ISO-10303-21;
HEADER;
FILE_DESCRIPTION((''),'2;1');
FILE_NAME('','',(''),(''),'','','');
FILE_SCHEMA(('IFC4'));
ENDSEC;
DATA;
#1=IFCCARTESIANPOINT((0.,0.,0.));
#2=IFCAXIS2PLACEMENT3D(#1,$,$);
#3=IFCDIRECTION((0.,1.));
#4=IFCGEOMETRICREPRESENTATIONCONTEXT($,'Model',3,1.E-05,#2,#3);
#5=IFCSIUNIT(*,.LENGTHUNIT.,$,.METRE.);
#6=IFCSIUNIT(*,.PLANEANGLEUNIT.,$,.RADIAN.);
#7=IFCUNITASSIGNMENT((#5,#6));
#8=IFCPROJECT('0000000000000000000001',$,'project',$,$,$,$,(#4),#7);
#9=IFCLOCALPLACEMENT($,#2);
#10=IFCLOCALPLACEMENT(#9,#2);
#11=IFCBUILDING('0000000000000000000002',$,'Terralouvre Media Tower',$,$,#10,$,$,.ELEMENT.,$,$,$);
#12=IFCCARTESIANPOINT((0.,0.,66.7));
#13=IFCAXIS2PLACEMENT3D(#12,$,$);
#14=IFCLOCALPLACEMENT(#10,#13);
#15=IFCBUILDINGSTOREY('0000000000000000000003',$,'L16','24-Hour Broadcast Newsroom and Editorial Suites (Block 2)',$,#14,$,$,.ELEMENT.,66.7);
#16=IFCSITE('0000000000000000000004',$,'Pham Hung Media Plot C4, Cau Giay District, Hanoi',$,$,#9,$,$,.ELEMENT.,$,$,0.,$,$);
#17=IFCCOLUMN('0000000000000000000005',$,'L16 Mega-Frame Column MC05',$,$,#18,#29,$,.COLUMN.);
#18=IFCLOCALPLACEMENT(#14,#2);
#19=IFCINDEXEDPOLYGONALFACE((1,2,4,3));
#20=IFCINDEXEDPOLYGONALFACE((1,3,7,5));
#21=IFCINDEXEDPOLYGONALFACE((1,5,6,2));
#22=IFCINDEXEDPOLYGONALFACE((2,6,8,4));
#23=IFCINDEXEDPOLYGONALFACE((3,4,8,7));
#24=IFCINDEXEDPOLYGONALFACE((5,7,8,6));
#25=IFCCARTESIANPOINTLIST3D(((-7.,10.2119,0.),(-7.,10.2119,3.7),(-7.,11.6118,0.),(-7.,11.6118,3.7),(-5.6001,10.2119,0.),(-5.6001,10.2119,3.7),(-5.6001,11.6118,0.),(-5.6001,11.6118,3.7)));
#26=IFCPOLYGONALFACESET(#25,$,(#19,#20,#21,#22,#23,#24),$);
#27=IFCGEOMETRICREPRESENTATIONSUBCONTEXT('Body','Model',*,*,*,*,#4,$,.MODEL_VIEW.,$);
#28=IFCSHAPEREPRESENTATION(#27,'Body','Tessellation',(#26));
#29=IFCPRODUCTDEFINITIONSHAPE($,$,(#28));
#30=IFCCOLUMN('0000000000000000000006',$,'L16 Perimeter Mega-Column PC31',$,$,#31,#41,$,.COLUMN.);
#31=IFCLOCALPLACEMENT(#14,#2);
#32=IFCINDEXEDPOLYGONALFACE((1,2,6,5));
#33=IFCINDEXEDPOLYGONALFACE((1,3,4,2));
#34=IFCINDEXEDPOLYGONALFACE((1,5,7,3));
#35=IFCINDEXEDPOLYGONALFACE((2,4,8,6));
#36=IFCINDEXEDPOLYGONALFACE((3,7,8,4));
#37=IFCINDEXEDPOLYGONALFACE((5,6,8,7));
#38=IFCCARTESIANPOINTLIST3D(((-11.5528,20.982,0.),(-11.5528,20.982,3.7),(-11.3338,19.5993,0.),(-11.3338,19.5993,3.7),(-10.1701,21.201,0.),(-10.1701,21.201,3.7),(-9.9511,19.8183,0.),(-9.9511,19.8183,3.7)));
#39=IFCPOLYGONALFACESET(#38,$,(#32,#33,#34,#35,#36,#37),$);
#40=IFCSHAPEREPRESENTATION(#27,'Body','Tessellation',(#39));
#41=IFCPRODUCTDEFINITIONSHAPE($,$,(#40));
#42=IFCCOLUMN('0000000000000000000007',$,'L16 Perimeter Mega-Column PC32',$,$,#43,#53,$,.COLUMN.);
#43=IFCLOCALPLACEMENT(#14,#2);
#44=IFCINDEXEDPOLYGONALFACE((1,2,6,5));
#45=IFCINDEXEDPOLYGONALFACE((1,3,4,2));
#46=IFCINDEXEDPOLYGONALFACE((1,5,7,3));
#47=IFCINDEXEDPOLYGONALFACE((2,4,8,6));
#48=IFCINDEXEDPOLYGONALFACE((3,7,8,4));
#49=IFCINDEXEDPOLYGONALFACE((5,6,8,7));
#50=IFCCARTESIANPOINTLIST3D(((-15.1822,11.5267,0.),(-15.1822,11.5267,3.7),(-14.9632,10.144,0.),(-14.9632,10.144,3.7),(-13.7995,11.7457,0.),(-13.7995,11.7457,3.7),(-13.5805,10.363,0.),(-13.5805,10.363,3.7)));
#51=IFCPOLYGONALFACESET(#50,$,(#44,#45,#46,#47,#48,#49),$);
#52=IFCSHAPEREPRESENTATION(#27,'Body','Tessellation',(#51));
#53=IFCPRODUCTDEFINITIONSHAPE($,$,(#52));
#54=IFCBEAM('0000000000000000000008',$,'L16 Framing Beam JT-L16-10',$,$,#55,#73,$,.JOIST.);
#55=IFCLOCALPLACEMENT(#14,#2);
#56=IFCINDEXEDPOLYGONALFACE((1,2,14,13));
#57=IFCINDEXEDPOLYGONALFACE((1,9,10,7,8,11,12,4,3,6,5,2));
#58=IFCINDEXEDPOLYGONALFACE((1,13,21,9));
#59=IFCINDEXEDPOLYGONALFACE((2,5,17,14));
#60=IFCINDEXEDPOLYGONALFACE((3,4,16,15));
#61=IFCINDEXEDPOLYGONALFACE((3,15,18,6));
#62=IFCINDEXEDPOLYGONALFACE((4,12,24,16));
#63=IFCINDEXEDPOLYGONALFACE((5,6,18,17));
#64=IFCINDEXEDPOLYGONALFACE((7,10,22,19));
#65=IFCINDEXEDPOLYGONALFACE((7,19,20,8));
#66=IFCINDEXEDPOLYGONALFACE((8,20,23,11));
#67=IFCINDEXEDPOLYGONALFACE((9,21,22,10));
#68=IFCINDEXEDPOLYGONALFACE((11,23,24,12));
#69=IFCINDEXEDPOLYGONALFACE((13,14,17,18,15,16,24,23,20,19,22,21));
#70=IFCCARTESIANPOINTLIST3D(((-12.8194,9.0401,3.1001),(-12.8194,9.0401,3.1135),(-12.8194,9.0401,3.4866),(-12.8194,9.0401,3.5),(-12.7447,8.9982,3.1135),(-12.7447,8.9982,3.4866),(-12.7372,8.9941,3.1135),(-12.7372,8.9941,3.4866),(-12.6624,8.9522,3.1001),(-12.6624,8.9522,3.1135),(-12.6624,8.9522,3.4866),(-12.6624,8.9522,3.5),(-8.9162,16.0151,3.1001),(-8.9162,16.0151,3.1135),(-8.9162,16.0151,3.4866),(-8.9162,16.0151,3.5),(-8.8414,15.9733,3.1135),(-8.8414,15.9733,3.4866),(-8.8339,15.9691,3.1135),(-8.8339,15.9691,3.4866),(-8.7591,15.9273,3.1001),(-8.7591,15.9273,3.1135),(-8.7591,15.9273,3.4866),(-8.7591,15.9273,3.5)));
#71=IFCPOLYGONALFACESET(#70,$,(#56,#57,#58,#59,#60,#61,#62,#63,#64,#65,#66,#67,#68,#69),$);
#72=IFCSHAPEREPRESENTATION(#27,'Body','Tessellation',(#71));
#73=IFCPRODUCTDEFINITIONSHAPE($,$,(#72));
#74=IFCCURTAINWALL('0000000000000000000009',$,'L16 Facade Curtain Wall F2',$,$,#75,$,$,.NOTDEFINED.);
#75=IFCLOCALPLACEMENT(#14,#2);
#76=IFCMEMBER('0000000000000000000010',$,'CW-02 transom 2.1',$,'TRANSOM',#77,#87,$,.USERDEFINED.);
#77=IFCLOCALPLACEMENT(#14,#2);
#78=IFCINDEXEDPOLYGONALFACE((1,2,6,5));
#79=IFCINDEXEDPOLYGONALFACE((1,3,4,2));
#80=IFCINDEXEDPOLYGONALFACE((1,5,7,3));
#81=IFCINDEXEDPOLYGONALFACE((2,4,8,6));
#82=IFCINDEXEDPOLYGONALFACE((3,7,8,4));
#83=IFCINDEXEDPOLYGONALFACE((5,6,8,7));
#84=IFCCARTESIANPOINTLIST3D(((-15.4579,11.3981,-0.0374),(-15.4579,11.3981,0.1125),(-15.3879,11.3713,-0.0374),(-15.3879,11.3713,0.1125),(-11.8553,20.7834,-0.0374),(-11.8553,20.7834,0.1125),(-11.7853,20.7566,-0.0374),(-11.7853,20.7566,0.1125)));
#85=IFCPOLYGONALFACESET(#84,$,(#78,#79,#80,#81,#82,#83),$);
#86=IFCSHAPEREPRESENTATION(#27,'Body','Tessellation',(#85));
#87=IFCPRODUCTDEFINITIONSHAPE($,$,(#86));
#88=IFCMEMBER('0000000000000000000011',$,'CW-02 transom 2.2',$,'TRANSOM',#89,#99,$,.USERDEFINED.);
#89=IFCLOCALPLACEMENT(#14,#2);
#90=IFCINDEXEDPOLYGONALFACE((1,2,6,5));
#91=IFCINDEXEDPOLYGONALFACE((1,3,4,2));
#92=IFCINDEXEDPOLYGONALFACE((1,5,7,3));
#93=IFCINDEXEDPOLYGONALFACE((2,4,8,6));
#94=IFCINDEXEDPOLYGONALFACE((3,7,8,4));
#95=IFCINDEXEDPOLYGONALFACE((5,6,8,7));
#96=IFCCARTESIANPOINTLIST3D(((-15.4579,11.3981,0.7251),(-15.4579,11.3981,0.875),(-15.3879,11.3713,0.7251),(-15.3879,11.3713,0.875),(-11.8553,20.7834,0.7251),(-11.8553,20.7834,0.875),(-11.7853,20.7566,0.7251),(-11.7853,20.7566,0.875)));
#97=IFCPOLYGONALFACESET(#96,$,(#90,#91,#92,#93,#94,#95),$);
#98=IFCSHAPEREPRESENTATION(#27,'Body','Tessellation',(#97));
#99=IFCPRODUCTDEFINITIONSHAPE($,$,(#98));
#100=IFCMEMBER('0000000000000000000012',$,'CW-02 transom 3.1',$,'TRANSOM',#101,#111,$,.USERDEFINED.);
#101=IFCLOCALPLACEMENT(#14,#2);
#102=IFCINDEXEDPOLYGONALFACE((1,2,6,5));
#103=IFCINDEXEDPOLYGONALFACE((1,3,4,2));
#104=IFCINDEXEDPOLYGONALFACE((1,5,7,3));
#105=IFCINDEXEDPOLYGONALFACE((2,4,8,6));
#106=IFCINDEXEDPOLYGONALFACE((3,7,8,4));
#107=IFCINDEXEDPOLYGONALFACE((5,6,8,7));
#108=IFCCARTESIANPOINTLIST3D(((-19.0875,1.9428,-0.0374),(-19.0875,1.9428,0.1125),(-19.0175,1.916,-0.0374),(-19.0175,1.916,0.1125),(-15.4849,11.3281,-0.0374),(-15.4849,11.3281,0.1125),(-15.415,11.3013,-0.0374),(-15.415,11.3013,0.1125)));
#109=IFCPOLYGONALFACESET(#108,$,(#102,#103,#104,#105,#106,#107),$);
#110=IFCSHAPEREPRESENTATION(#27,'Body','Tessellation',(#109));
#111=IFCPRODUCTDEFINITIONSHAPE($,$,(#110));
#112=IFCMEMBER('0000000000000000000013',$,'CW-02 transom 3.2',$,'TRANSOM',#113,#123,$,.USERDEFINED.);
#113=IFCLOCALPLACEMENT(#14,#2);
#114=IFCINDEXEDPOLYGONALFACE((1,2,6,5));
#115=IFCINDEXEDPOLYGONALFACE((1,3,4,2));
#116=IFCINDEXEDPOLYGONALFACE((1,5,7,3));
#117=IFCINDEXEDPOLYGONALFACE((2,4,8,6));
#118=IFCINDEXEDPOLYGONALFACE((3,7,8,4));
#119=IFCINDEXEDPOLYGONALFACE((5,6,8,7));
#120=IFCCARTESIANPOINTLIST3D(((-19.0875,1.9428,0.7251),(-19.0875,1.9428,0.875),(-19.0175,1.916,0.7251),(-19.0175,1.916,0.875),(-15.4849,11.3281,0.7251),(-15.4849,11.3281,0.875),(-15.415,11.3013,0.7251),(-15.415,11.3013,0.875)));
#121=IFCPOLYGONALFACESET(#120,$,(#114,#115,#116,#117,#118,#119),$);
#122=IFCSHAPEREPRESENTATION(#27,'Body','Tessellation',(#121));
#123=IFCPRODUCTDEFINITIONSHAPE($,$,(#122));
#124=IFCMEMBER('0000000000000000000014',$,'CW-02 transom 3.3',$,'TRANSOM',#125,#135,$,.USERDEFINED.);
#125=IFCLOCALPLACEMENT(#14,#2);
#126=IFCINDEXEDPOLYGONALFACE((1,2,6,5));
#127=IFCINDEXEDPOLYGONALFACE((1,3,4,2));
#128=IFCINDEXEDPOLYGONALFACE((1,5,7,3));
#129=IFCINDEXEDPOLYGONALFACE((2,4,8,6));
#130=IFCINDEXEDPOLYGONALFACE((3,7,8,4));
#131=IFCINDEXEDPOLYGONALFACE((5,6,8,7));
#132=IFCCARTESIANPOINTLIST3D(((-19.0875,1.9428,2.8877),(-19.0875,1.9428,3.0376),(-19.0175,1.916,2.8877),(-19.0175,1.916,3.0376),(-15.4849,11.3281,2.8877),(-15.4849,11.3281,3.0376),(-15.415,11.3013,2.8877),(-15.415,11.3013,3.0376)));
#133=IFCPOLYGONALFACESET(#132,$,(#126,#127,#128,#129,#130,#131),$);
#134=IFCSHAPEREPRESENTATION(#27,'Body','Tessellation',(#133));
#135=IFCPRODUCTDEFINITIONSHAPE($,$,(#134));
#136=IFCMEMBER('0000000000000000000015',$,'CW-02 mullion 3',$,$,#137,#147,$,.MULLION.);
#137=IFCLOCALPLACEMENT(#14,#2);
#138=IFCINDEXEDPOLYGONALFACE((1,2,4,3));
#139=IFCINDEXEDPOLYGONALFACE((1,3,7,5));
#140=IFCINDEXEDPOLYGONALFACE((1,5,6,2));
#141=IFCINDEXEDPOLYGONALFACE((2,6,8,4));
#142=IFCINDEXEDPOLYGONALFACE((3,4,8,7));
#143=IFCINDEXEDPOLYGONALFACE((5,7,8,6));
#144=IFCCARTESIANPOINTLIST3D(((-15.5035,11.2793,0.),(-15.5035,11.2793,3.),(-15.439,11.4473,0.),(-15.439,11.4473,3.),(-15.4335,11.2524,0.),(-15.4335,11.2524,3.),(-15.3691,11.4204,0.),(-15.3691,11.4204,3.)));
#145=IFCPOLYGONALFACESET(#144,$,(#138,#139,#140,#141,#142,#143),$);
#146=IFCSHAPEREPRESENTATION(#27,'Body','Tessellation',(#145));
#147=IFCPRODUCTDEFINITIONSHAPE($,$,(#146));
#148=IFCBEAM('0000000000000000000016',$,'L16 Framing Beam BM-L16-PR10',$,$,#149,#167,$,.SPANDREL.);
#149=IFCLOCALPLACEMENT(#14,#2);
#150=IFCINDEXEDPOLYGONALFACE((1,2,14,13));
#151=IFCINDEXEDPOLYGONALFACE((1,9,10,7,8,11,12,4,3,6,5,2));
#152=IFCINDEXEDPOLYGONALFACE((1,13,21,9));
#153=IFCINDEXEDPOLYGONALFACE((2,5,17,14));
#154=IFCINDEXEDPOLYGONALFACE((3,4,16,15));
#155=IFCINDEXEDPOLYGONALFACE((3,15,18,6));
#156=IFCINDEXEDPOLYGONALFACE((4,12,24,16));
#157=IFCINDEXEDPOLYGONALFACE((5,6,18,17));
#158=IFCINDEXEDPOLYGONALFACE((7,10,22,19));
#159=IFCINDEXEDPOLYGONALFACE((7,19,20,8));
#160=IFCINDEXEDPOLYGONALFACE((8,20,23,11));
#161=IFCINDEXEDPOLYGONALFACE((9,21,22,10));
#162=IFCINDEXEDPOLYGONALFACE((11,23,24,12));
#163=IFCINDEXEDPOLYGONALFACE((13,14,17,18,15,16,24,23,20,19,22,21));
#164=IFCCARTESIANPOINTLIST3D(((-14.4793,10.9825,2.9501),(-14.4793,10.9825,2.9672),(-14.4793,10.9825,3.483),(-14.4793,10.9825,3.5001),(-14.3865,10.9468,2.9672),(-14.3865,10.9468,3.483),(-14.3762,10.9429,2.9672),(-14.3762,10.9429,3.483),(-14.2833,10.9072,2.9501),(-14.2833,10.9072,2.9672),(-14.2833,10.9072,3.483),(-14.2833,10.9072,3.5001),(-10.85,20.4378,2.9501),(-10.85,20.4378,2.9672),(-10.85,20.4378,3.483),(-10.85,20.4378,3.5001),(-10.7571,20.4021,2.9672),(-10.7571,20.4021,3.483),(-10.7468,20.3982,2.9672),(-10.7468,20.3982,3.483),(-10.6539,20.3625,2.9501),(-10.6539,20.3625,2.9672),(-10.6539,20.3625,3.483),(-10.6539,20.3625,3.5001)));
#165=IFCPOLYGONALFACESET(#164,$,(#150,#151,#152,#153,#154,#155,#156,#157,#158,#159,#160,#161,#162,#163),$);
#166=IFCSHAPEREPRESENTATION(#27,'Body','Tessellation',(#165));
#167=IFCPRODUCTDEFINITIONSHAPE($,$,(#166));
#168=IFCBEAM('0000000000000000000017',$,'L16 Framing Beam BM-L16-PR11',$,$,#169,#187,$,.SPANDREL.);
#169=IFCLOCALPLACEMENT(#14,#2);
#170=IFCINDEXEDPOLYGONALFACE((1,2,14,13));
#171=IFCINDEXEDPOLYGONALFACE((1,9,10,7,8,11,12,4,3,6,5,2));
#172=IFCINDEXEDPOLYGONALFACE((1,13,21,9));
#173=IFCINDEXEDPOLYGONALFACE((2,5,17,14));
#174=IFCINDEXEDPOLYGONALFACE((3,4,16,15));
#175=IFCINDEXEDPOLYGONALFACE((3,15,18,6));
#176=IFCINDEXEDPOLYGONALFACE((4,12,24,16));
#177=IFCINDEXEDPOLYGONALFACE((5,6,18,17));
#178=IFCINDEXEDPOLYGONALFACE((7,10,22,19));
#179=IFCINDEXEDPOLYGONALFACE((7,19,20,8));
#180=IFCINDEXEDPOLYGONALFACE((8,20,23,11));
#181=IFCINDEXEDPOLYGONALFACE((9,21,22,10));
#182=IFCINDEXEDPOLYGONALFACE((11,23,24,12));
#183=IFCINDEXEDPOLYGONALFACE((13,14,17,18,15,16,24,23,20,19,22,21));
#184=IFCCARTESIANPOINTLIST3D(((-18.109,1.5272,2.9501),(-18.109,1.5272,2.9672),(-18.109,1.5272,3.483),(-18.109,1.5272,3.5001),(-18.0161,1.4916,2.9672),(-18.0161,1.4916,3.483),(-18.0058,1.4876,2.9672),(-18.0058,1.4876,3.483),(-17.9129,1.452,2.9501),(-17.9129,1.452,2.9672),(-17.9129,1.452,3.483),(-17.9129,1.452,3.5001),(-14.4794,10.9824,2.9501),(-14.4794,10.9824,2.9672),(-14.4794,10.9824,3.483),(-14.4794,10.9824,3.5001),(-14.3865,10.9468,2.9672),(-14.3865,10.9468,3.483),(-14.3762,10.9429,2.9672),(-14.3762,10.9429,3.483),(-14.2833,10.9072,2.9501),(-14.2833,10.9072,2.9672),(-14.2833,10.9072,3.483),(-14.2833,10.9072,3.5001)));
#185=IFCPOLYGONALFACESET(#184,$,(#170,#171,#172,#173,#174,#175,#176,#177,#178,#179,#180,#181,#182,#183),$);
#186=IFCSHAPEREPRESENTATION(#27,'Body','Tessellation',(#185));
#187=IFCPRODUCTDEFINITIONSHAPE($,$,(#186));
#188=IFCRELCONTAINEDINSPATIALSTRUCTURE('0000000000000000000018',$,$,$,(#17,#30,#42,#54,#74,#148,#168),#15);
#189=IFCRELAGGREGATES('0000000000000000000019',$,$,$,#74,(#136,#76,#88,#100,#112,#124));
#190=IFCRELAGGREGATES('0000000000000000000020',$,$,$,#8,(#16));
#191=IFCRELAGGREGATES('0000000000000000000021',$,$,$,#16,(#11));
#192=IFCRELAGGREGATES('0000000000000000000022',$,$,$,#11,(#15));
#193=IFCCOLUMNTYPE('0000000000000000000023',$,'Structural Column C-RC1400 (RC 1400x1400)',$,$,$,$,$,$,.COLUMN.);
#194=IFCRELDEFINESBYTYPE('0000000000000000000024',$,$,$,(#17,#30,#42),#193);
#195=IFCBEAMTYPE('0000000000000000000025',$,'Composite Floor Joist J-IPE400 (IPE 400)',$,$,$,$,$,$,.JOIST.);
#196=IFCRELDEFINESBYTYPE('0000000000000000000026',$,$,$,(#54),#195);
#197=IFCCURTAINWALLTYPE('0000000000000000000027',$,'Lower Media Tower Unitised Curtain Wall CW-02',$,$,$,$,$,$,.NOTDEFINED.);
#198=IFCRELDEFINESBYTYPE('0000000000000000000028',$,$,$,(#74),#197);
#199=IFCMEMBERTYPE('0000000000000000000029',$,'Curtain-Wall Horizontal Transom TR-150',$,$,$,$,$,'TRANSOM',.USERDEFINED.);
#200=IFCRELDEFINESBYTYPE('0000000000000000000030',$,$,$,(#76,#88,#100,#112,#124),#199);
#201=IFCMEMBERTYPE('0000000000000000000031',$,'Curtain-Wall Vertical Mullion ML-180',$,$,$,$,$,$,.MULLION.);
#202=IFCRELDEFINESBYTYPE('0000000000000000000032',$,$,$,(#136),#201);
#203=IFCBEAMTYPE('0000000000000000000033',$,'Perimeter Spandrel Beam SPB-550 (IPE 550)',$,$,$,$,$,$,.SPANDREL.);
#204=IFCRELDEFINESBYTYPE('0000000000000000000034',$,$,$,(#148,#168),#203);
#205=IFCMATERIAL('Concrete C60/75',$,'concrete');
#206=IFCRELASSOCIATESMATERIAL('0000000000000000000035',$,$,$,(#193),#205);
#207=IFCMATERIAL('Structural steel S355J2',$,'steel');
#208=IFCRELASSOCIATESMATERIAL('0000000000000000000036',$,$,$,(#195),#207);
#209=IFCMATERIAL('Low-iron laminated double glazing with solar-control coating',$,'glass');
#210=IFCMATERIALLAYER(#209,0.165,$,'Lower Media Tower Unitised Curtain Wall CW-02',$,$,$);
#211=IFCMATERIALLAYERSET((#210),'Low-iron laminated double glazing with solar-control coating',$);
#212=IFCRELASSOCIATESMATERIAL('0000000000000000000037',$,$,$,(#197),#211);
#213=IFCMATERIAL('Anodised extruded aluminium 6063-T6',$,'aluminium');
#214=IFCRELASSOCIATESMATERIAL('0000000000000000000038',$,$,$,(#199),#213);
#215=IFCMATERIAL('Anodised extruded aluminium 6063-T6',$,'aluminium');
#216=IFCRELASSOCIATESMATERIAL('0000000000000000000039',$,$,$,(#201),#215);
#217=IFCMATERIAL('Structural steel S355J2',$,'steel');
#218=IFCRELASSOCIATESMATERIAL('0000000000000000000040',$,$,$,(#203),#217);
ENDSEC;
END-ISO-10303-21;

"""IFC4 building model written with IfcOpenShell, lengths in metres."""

from ifc_helpers import new_model, si_unit, direction, frame, origin, origin_2d, place, context, subcontext, project, spatial, rectangle, i_section, extrude, material, layer, layer_set, material_profile, profile_set, type_object, element, aggregate, save


model = new_model("IFC4")

# Units and contexts
model_context = context("Model", 3, precision=1e-05, world=origin(), true_north=direction((0.0, 1.0)))
body_context = subcontext(model_context, "Body", "Model", "MODEL_VIEW")
ifc_project = project(units=[si_unit("LENGTHUNIT", "METRE"), si_unit("PLANEANGLEUNIT", "RADIAN")], contexts=[model_context])

# Site, building, storey
site_placement = place(None, origin())
site = spatial("IfcSite", under=ifc_project, at=site_placement, Name="Pham Hung Media Plot C4, Cau Giay District, Hanoi", CompositionType="ELEMENT", RefElevation=0.0)
building_placement = place(site_placement, origin())
building = spatial("IfcBuilding", under=site, at=building_placement, Name="Terralouvre Media Tower", CompositionType="ELEMENT")
storey_placement = place(building_placement, frame((0.0, 0.0, 66.7)))
storey = spatial("IfcBuildingStorey", under=building, at=storey_placement, Name="L16", Description="24-Hour Broadcast Newsroom and Editorial Suites (Block 2)", CompositionType="ELEMENT", Elevation=66.7)

# Columns
ifc_material_1 = material(Name="Concrete C60/75", Category="concrete")
ifc_material_profile_1 = material_profile(ifc_material_1, rectangle(XDim=1.3999, YDim=1.3999, at=origin_2d()), Name="RC 1400x1400")
ifc_profile_set_1 = profile_set([ifc_material_profile_1], Name="Concrete C60/75")
column_type = type_object("IfcColumnType", Name="Structural Column C-RC1400 (RC 1400x1400)", PredefinedType="COLUMN", material=ifc_profile_set_1)
for number, where, z_axis, x_axis, name in (
    (1, (-6.3, 10.9119, 0.0), (0.0, 0.0, 1.0), (1.0, 0.0, 0.0), "L16 Mega-Frame Column MC05"),
    (2, (-10.752, 20.4001, 0.0), (0.0, 0.0, 1.0), (0.987688, 0.156434, 0.0), "L16 Perimeter Mega-Column PC31"),
    (3, (-14.3813, 10.9448, 0.0), (0.0, 0.0, 1.0), (0.987688, 0.156434, 0.0), "L16 Perimeter Mega-Column PC32"),
):
    element("IfcColumn", number, at=place(storey_placement, frame(where, z_axis=z_axis, x_axis=x_axis)), inside=storey, type_object=column_type, Name=name, PredefinedType="COLUMN", context=body_context, shape_type="SweptSolid", body=[
        extrude(rectangle(XDim=1.3999, YDim=1.3999, at=origin_2d()), origin(), (0.0, 0.0, 1.0), 3.7),
    ])

# Beam
ifc_material_2 = material(Name="Structural steel S355J2", Category="steel")
ifc_material_profile_2 = material_profile(ifc_material_2, i_section(OverallWidth=0.1799, OverallDepth=0.3999, WebThickness=0.0085, FlangeThickness=0.0134, at=origin_2d()), Name="IPE 400")
ifc_profile_set_2 = profile_set([ifc_material_profile_2], Name="Structural steel S355J2")
beam_type_1 = type_object("IfcBeamType", Name="Composite Floor Joist J-IPE400 (IPE 400)", PredefinedType="JOIST", material=ifc_profile_set_2)
beam_1_placement = place(storey_placement, frame((-8.8376, 15.9712, 3.3), z_axis=(-0.488343, -0.872652, 0.0), x_axis=(0.872652, -0.488343, 0.0)))
element("IfcBeam", 4, at=beam_1_placement, inside=storey, type_object=beam_type_1, Name="L16 Framing Beam JT-L16-10", PredefinedType="JOIST", context=body_context, shape_type="SweptSolid", body=[
    extrude(i_section(OverallWidth=0.1799, OverallDepth=0.3999, WebThickness=0.0085, FlangeThickness=0.0134, at=origin_2d()), origin(), (0.0, 0.0, 1.0), 7.9929),
])

# Curtain wall, members
ifc_material_3 = material(Name="Low-iron laminated double glazing with solar-control coating", Category="glass")
ifc_layer_1 = layer(ifc_material_3, 0.165, Name="Lower Media Tower Unitised Curtain Wall CW-02")
ifc_layer_set_1 = layer_set([ifc_layer_1], Name="Low-iron laminated double glazing with solar-control coating")
curtain_wall_type = type_object("IfcCurtainWallType", Name="Lower Media Tower Unitised Curtain Wall CW-02", PredefinedType="NOTDEFINED", material=ifc_layer_set_1)
curtain_wall_placement = place(storey_placement, origin())
curtain_wall = element("IfcCurtainWall", 5, at=curtain_wall_placement, inside=storey, type_object=curtain_wall_type, Name="L16 Facade Curtain Wall F2", PredefinedType="NOTDEFINED")
ifc_material_4 = material(Name="Anodised extruded aluminium 6063-T6", Category="aluminium")
ifc_material_profile_3 = material_profile(ifc_material_4, rectangle(XDim=0.075, YDim=0.1499, at=origin_2d()), Name="ALU 75x150")
ifc_profile_set_3 = profile_set([ifc_material_profile_3], Name="Anodised extruded aluminium 6063-T6")
member_type_1 = type_object("IfcMemberType", Name="Curtain-Wall Horizontal Transom TR-150", ElementType="TRANSOM", PredefinedType="USERDEFINED", material=ifc_profile_set_3)
member_1_placement = place(storey_placement, frame((-11.8203, 20.77, 0.0376), z_axis=(-0.358357, -0.933584, 0.0), x_axis=(0.933584, -0.358357, 0.0)))
member_1 = element("IfcMember", 6, at=member_1_placement, type_object=member_type_1, Name="CW-02 transom 2.1", ObjectType="TRANSOM", PredefinedType="USERDEFINED", context=body_context, shape_type="SweptSolid", body=[
    extrude(rectangle(XDim=0.075, YDim=0.1499, at=origin_2d()), origin(), (0.0, 0.0, 1.0), 10.053),
])
member_2_placement = place(storey_placement, frame((-11.8203, 20.77, 0.8), z_axis=(-0.358357, -0.933584, 0.0), x_axis=(0.933584, -0.358357, 0.0)))
member_2 = element("IfcMember", 7, at=member_2_placement, type_object=member_type_1, Name="CW-02 transom 2.2", ObjectType="TRANSOM", PredefinedType="USERDEFINED", context=body_context, shape_type="SweptSolid", body=[
    extrude(rectangle(XDim=0.075, YDim=0.1499, at=origin_2d()), origin(), (0.0, 0.0, 1.0), 10.053),
])
member_3_placement = place(storey_placement, frame((-15.45, 11.3147, 0.0376), z_axis=(-0.358357, -0.933584, 0.0), x_axis=(0.933584, -0.358357, 0.0)))
member_3 = element("IfcMember", 8, at=member_3_placement, type_object=member_type_1, Name="CW-02 transom 3.1", ObjectType="TRANSOM", PredefinedType="USERDEFINED", context=body_context, shape_type="SweptSolid", body=[
    extrude(rectangle(XDim=0.075, YDim=0.1499, at=origin_2d()), origin(), (0.0, 0.0, 1.0), 10.053),
])
member_4_placement = place(storey_placement, frame((-15.45, 11.3147, 0.8), z_axis=(-0.358357, -0.933584, 0.0), x_axis=(0.933584, -0.358357, 0.0)))
member_4 = element("IfcMember", 9, at=member_4_placement, type_object=member_type_1, Name="CW-02 transom 3.2", ObjectType="TRANSOM", PredefinedType="USERDEFINED", context=body_context, shape_type="SweptSolid", body=[
    extrude(rectangle(XDim=0.075, YDim=0.1499, at=origin_2d()), origin(), (0.0, 0.0, 1.0), 10.053),
])
member_5_placement = place(storey_placement, frame((-15.45, 11.3147, 2.9626), z_axis=(-0.358357, -0.933584, 0.0), x_axis=(0.933584, -0.358357, 0.0)))
member_5 = element("IfcMember", 10, at=member_5_placement, type_object=member_type_1, Name="CW-02 transom 3.3", ObjectType="TRANSOM", PredefinedType="USERDEFINED", context=body_context, shape_type="SweptSolid", body=[
    extrude(rectangle(XDim=0.075, YDim=0.1499, at=origin_2d()), origin(), (0.0, 0.0, 1.0), 10.053),
])
ifc_material_5 = material(Name="Anodised extruded aluminium 6063-T6", Category="aluminium")
ifc_material_profile_4 = material_profile(ifc_material_5, rectangle(XDim=0.075, YDim=0.1799, at=origin_2d()), Name="ALU 75x180")
ifc_profile_set_4 = profile_set([ifc_material_profile_4], Name="Anodised extruded aluminium 6063-T6")
member_type_2 = type_object("IfcMemberType", Name="Curtain-Wall Vertical Mullion ML-180", PredefinedType="MULLION", material=ifc_profile_set_4)
member_6_placement = place(storey_placement, frame((-15.4363, 11.3499, 0.0), z_axis=(0.0, 0.0, 1.0), x_axis=(0.93358, -0.358368, 0.0)))
member_6 = element("IfcMember", 11, at=member_6_placement, type_object=member_type_2, Name="CW-02 mullion 3", PredefinedType="MULLION", context=body_context, shape_type="SweptSolid", body=[
    extrude(rectangle(XDim=0.075, YDim=0.1799, at=origin_2d()), origin(), (0.0, 0.0, 1.0), 3.0),
])

# Beams
ifc_material_6 = material(Name="Structural steel S355J2", Category="steel")
ifc_material_profile_5 = material_profile(ifc_material_6, i_section(OverallWidth=0.21, OverallDepth=0.55, WebThickness=0.011, FlangeThickness=0.0171, at=origin_2d()), Name="IPE 550")
ifc_profile_set_5 = profile_set([ifc_material_profile_5], Name="Structural steel S355J2")
beam_type_2 = type_object("IfcBeamType", Name="Perimeter Spandrel Beam SPB-550 (IPE 550)", PredefinedType="SPANDREL", material=ifc_profile_set_5)
for number, where, z_axis, x_axis, name in (
    (12, (-10.752, 20.4001, 3.2251), (-0.358354, -0.933586, 0.0), (0.933586, -0.358354, 0.0), "L16 Framing Beam BM-L16-PR10"),
    (13, (-14.3813, 10.9448, 3.2251), (-0.358375, -0.933578, 0.0), (0.933578, -0.358375, 0.0), "L16 Framing Beam BM-L16-PR11"),
):
    element("IfcBeam", number, at=place(storey_placement, frame(where, z_axis=z_axis, x_axis=x_axis)), inside=storey, type_object=beam_type_2, Name=name, PredefinedType="SPANDREL", context=body_context, shape_type="SweptSolid", body=[
        extrude(i_section(OverallWidth=0.21, OverallDepth=0.55, WebThickness=0.011, FlangeThickness=0.0171, at=origin_2d()), origin(), (0.0, 0.0, 1.0), 10.1279),
    ])

aggregate(curtain_wall, [member_6, member_1, member_2, member_3, member_4, member_5])

save(model, "model.ifc")
